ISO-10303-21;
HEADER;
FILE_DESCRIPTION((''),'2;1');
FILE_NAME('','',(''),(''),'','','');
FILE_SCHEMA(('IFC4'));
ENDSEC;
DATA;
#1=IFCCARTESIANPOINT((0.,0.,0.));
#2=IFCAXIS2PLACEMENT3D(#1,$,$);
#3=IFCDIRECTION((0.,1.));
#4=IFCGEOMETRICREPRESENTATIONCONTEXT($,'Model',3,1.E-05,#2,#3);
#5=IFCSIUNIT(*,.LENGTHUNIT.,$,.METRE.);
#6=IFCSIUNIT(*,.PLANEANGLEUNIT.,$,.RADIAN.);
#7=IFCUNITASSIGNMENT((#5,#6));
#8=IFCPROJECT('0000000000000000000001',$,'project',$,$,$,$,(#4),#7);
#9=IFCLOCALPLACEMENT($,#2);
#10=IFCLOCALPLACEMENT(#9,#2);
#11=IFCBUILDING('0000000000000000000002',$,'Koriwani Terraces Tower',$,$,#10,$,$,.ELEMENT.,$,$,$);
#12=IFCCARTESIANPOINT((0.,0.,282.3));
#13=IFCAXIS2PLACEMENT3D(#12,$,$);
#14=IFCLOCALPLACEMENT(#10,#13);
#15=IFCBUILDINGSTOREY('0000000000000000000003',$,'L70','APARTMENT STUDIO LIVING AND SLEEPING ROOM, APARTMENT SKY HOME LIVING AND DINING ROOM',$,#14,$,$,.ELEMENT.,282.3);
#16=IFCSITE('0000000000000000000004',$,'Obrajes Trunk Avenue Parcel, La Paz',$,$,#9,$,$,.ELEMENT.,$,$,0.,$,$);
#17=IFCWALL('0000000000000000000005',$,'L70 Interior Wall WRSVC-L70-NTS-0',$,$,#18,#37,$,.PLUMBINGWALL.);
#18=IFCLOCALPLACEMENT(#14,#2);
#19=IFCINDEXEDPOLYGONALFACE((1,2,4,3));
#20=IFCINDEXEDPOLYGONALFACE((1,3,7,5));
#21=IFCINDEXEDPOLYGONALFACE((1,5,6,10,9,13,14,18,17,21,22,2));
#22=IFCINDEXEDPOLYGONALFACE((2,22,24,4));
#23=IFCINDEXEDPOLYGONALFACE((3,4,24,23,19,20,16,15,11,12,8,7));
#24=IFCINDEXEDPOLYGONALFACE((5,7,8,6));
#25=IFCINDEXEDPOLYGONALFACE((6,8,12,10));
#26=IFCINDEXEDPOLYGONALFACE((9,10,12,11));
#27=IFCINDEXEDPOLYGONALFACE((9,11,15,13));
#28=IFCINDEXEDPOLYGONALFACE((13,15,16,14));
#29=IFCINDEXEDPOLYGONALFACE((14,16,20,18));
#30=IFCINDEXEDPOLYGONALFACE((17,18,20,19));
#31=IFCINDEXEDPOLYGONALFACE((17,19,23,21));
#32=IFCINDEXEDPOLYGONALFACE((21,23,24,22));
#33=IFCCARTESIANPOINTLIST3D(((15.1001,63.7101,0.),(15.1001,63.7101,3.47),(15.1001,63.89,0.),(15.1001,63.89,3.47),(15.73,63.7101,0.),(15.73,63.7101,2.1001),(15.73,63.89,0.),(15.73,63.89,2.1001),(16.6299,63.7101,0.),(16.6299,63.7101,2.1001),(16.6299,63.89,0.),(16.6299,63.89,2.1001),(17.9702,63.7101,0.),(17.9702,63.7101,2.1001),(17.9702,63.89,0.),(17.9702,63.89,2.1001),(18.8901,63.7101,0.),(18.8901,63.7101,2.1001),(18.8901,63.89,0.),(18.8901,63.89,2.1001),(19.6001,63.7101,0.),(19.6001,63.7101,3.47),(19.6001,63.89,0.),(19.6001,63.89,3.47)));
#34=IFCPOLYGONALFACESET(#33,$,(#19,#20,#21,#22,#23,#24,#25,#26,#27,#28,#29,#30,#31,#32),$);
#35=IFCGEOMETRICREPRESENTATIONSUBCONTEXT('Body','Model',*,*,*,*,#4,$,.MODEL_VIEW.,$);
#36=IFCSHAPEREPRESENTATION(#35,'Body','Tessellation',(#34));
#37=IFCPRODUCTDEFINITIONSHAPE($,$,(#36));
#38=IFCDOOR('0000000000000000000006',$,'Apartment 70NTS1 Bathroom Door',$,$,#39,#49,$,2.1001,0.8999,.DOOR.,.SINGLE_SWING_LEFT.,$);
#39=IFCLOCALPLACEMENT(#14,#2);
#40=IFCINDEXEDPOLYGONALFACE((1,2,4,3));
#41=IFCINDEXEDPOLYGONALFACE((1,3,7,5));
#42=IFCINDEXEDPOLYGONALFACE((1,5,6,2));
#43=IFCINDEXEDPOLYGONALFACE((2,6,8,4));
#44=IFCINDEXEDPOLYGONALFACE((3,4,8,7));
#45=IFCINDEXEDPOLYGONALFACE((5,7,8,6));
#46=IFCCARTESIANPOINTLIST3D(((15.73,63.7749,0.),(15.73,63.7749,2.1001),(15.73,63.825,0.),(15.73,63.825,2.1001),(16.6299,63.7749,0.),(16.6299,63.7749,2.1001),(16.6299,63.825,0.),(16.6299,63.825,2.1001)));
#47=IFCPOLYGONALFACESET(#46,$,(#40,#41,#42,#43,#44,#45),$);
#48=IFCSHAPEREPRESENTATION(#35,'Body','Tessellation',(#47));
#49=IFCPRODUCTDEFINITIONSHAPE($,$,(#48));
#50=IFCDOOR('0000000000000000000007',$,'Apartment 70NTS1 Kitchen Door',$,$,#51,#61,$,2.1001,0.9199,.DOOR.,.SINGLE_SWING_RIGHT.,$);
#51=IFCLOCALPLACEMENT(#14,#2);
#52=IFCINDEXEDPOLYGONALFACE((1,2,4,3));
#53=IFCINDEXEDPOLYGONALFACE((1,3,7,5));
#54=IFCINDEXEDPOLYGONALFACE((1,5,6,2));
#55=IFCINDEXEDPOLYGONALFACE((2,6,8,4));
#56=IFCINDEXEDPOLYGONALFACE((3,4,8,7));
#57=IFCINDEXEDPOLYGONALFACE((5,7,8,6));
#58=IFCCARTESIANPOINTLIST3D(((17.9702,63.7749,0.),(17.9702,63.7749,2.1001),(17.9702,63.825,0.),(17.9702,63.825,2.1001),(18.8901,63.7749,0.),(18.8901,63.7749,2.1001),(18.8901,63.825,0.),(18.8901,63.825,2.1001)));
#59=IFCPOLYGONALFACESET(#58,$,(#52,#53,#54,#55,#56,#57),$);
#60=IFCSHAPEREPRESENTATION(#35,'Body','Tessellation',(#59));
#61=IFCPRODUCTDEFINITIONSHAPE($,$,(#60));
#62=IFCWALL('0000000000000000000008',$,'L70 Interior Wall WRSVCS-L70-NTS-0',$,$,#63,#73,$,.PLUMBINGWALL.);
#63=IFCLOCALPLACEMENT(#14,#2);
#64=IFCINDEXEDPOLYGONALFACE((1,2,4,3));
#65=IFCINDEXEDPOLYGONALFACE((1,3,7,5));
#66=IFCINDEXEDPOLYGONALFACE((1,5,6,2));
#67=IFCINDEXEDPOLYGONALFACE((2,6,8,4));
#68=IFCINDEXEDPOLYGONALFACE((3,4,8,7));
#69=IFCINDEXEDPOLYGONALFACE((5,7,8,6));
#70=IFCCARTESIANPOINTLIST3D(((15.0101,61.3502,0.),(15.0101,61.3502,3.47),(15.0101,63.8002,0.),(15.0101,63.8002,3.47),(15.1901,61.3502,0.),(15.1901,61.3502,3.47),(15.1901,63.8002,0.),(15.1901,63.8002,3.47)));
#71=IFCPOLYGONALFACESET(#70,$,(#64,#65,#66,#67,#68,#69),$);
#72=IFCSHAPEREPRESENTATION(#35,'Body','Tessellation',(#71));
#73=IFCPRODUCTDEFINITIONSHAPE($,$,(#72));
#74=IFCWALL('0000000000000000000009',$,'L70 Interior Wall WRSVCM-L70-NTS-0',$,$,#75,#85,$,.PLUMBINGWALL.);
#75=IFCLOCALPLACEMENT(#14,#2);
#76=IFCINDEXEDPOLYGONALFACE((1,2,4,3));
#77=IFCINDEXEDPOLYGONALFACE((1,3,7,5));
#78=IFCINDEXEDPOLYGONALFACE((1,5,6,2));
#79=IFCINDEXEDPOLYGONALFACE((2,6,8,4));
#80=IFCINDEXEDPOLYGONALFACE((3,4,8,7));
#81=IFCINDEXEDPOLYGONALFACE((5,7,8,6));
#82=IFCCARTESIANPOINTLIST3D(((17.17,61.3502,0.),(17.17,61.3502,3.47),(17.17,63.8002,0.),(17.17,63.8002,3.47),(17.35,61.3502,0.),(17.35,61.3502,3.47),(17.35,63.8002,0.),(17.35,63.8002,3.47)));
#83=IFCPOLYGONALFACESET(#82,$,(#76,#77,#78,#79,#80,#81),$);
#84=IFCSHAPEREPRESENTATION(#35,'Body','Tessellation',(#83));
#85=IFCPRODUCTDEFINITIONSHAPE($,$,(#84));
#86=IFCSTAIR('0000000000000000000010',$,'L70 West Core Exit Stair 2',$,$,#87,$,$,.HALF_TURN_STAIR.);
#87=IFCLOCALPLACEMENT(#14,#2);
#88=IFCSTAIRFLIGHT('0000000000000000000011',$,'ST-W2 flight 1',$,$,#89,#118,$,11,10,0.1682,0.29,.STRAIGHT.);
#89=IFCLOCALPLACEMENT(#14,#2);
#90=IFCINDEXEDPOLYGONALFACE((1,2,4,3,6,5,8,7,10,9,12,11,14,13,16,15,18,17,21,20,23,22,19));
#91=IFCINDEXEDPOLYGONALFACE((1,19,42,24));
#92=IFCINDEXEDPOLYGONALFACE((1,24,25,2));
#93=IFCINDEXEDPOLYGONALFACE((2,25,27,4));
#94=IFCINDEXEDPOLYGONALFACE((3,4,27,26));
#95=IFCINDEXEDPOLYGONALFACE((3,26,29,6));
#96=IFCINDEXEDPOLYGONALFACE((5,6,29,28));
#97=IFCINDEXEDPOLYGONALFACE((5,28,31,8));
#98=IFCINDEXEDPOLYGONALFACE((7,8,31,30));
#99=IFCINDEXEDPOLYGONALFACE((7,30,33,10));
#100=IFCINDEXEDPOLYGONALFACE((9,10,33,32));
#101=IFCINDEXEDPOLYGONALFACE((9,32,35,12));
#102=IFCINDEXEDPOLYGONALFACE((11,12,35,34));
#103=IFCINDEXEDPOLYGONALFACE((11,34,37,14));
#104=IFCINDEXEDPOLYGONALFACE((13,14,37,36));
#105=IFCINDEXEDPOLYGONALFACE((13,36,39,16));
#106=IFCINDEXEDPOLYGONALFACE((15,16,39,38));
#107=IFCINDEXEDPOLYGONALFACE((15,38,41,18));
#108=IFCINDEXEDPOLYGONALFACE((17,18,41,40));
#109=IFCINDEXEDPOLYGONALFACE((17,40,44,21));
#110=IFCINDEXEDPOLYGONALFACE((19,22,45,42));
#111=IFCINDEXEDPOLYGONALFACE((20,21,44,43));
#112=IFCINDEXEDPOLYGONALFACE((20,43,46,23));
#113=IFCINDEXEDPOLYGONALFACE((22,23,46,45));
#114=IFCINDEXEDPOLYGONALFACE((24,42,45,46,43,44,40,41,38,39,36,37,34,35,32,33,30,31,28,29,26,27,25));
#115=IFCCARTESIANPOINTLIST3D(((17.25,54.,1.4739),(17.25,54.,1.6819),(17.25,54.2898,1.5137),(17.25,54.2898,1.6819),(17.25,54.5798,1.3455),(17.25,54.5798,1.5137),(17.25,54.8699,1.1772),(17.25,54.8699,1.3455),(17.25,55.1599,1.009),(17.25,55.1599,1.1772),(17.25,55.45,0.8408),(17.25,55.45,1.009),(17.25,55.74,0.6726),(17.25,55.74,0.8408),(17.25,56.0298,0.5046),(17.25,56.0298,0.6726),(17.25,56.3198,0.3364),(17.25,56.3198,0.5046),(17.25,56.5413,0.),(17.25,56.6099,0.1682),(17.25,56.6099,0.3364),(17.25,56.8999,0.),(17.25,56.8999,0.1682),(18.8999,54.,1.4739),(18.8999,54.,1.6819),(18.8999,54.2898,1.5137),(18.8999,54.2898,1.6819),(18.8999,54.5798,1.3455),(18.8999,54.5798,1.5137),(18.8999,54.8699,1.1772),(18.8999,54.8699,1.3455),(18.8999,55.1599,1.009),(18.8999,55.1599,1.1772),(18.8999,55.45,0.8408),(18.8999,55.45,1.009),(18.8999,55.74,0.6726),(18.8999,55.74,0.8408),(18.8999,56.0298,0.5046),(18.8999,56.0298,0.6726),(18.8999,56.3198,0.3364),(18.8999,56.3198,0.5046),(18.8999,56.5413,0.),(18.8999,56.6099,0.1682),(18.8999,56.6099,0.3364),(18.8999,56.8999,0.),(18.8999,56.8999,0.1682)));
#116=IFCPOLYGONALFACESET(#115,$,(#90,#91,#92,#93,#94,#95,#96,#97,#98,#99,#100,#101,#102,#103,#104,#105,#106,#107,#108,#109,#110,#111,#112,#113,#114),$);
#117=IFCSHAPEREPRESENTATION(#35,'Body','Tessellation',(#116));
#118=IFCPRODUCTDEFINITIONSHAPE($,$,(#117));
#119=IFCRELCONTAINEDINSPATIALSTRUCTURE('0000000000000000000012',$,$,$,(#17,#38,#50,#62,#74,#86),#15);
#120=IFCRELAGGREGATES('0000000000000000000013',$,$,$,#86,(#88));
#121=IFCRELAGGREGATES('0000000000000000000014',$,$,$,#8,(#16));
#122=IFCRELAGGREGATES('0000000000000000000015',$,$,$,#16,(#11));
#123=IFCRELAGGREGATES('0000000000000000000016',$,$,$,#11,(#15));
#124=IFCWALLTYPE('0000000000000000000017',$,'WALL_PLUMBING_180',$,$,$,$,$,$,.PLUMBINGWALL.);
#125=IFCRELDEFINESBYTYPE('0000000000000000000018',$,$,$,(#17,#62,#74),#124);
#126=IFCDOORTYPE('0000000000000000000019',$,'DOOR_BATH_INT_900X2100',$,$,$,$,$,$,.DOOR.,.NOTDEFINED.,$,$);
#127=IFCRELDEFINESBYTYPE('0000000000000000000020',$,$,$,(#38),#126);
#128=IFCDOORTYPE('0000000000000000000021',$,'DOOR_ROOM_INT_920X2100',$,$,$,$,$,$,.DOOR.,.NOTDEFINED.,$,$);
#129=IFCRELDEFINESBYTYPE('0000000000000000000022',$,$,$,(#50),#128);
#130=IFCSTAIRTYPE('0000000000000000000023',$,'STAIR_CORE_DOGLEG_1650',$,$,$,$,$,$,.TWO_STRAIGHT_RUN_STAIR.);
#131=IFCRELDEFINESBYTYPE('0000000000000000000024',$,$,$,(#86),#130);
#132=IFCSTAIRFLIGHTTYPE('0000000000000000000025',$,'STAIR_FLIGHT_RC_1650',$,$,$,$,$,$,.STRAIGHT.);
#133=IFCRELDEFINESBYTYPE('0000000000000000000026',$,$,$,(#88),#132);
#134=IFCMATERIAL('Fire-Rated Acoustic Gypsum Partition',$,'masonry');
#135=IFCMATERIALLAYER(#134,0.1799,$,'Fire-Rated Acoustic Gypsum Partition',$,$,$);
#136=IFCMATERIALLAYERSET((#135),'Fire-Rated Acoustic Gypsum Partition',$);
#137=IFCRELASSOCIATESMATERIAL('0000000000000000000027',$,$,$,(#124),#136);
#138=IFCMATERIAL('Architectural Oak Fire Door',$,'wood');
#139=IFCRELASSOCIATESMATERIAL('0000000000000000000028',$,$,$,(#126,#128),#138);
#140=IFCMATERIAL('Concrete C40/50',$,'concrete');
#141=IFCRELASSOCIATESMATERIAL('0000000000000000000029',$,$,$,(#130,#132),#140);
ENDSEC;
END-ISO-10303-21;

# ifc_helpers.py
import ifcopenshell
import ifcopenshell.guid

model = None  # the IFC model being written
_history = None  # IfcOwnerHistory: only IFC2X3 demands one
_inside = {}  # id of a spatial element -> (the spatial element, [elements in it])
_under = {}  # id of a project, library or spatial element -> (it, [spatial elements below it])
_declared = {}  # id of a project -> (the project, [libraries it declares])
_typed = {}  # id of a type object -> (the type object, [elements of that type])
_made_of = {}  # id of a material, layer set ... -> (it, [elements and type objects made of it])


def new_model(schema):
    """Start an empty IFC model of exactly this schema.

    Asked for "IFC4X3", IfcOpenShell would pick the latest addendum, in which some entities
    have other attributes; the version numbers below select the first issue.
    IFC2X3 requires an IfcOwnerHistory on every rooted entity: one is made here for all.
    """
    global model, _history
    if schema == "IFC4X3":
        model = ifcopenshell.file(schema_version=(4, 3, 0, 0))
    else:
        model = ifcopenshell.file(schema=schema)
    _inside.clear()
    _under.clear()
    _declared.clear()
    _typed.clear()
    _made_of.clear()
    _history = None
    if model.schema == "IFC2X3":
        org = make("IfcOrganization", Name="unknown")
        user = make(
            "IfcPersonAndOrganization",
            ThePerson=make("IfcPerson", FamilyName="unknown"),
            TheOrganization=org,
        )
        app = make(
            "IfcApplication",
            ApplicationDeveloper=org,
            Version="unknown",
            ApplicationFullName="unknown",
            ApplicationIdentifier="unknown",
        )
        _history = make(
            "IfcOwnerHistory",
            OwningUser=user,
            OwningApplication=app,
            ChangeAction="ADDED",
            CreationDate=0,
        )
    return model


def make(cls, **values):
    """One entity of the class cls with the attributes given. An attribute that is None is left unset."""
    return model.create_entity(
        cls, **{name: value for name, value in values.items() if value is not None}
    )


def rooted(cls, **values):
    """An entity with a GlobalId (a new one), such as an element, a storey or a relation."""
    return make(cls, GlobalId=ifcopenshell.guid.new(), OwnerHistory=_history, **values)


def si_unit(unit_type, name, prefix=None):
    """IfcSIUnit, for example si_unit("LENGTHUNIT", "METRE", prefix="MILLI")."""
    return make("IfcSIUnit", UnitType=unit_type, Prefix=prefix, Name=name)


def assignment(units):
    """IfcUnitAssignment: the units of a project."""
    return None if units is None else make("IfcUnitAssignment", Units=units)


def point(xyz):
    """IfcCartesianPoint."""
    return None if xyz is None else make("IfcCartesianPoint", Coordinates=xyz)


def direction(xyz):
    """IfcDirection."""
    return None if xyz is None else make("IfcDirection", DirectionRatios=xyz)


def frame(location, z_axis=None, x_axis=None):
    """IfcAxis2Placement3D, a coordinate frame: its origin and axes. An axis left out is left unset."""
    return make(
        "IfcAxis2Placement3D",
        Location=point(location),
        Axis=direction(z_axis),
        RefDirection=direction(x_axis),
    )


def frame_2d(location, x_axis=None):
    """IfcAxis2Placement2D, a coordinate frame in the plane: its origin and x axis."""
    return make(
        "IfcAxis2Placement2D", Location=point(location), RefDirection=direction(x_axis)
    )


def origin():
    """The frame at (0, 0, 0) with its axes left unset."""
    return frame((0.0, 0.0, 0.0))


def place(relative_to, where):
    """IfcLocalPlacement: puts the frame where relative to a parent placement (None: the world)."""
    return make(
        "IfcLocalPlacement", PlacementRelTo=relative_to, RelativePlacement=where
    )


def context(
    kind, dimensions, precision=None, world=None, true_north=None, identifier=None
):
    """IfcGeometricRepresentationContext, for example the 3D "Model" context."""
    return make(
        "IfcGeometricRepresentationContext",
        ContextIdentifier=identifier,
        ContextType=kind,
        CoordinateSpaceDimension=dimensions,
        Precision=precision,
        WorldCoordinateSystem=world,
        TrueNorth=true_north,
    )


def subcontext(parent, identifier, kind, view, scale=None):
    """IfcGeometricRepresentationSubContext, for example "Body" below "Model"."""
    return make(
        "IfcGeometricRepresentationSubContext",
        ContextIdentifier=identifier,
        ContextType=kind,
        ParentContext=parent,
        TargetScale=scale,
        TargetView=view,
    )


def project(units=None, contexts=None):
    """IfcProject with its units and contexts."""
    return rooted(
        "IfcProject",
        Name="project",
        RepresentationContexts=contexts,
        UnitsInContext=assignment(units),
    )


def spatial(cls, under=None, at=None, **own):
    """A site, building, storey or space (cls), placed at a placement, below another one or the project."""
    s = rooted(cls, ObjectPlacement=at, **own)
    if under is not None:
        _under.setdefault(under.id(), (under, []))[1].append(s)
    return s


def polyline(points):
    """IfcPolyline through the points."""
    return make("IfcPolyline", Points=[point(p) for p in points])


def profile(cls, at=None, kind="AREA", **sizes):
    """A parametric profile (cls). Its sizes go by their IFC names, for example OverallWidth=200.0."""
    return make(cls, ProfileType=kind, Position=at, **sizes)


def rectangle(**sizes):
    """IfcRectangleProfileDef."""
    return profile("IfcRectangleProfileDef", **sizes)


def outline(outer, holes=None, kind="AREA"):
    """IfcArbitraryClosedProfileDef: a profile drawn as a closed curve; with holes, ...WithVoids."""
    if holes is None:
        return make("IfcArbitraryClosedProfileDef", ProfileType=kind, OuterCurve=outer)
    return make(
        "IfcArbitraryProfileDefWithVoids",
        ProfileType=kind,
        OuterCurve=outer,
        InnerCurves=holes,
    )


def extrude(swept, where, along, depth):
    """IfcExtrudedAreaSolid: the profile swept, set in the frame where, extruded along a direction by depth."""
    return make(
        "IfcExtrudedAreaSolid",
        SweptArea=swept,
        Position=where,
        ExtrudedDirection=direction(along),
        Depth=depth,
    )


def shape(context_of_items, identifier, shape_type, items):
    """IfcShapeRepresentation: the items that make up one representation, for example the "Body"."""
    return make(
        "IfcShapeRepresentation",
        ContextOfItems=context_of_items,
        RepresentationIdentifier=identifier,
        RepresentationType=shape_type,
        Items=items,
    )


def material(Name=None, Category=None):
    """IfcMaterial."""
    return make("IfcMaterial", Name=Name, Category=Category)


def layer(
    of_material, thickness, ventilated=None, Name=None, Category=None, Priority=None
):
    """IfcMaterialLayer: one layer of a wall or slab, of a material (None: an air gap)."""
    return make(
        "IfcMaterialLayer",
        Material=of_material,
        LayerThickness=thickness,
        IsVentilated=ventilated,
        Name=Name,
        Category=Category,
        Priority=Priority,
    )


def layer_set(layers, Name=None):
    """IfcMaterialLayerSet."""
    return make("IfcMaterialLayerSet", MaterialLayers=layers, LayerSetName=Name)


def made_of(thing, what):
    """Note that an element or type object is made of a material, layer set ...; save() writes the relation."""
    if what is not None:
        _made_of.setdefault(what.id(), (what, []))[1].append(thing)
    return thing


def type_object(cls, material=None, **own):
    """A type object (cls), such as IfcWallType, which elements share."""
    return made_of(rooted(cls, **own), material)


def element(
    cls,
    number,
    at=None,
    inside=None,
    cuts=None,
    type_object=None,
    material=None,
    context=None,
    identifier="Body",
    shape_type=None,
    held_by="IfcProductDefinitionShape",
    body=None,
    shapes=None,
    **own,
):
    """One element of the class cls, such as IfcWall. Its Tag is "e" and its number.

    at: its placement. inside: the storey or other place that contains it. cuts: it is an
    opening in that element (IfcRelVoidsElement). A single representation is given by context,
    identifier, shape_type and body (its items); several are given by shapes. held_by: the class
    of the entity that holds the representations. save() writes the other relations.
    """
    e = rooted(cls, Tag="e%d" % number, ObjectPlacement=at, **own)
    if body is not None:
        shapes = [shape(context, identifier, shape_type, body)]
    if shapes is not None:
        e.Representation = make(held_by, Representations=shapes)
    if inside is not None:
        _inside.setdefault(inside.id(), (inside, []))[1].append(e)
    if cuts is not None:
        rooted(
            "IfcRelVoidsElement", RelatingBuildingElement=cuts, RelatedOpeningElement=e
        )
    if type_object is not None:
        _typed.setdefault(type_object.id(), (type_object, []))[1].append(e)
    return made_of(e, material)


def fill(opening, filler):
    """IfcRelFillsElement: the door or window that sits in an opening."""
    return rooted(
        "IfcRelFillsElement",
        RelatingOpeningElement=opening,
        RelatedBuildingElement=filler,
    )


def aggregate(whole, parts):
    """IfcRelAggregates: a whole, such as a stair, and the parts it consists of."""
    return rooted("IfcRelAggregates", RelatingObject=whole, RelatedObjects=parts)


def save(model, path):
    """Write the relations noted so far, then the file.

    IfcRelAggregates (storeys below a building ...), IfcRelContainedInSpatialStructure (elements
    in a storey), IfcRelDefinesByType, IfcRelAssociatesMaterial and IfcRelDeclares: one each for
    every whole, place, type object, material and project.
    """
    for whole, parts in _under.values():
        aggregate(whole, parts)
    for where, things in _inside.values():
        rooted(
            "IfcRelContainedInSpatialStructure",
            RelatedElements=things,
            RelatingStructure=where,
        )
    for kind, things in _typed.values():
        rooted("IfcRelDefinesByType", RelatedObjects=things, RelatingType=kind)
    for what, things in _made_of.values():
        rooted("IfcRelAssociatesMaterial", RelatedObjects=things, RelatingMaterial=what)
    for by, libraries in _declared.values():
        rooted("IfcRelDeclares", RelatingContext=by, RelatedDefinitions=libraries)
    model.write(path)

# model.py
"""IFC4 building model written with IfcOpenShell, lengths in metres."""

from ifc_helpers import new_model, si_unit, direction, frame, frame_2d, origin, place, context, subcontext, project, spatial, polyline, rectangle, outline, extrude, material, layer, layer_set, type_object, element, fill, aggregate, save


model = new_model("IFC4")

# Units and contexts
model_context = context("Model", 3, precision=1e-05, world=origin(), true_north=direction((0.0, 1.0)))
body_context = subcontext(model_context, "Body", "Model", "MODEL_VIEW")
ifc_project = project(units=[si_unit("LENGTHUNIT", "METRE"), si_unit("PLANEANGLEUNIT", "RADIAN")], contexts=[model_context])

# Site, building, storey
site_placement = place(None, origin())
site = spatial("IfcSite", under=ifc_project, at=site_placement, Name="Obrajes Trunk Avenue Parcel, La Paz", CompositionType="ELEMENT", RefElevation=0.0)
building_placement = place(site_placement, origin())
building = spatial("IfcBuilding", under=site, at=building_placement, Name="Koriwani Terraces Tower", CompositionType="ELEMENT")
storey_placement = place(building_placement, frame((0.0, 0.0, 282.3)))
storey = spatial("IfcBuildingStorey", under=building, at=storey_placement, Name="L70", Description="APARTMENT STUDIO LIVING AND SLEEPING ROOM, APARTMENT SKY HOME LIVING AND DINING ROOM", CompositionType="ELEMENT", Elevation=282.3)

# Shared definitions
ifc_material_1 = material(Name="Concrete C40/50", Category="concrete")

# Shared definitions
ifc_material_2 = material(Name="Architectural Oak Fire Door", Category="wood")

# Shared definitions
ifc_material_3 = material(Name="Fire-Rated Acoustic Gypsum Partition", Category="masonry")
ifc_layer_1 = layer(ifc_material_3, 0.1799, Name="Fire-Rated Acoustic Gypsum Partition")
ifc_layer_set_1 = layer_set([ifc_layer_1], Name="Fire-Rated Acoustic Gypsum Partition")
wall_type_1 = type_object("IfcWallType", Name="WALL_PLUMBING_180", PredefinedType="PLUMBINGWALL", material=ifc_layer_set_1)
door_type_1 = type_object("IfcDoorType", Name="DOOR_BATH_INT_900X2100", OperationType="NOTDEFINED", PredefinedType="DOOR", material=ifc_material_2)
door_type_2 = type_object("IfcDoorType", Name="DOOR_ROOM_INT_920X2100", OperationType="NOTDEFINED", PredefinedType="DOOR", material=ifc_material_2)

# Wall, openings, doors
wall_1_placement = place(storey_placement, frame((15.1001, 63.8, 0.0), z_axis=(0.0, 0.0, 1.0), x_axis=(1.0, 0.0, 0.0)))
wall_1 = element("IfcWall", 1, at=wall_1_placement, inside=storey, type_object=wall_type_1, Name="L70 Interior Wall WRSVC-L70-NTS-0", PredefinedType="PLUMBINGWALL", context=body_context, shape_type="SweptSolid", body=[
    extrude(rectangle(XDim=4.5, YDim=0.1799, at=frame_2d((2.25, 0.0))), origin(), (0.0, 0.0, 1.0), 3.47),
])
opening_1_placement = place(wall_1_placement, frame((0.6299, 0.0, 0.0)))
opening_1 = element("IfcOpeningElement", 2, at=opening_1_placement, cuts=wall_1, PredefinedType="OPENING", context=body_context, shape_type="SweptSolid", body=[
    extrude(rectangle(XDim=0.8999, YDim=2.1001, at=frame_2d((0.45, 1.05))), frame((0.0, 0.1001, 0.0), z_axis=(0.0, -1.0, 0.0), x_axis=(1.0, 0.0, 0.0)), (0.0, 0.0, 1.0), 0.2),
])
opening_2_placement = place(wall_1_placement, frame((2.8701, 0.0, 0.0)))
opening_2 = element("IfcOpeningElement", 3, at=opening_2_placement, cuts=wall_1, PredefinedType="OPENING", context=body_context, shape_type="SweptSolid", body=[
    extrude(rectangle(XDim=0.9199, YDim=2.1001, at=frame_2d((0.46, 1.05))), frame((0.0, 0.1001, 0.0), z_axis=(0.0, -1.0, 0.0), x_axis=(1.0, 0.0, 0.0)), (0.0, 0.0, 1.0), 0.2),
])
door_1_placement = place(opening_1_placement, origin())
door_1 = element("IfcDoor", 4, at=door_1_placement, inside=storey, type_object=door_type_1, Name="Apartment 70NTS1 Bathroom Door", OperationType="SINGLE_SWING_LEFT", OverallHeight=2.1001, OverallWidth=0.8999, PredefinedType="DOOR", context=body_context, shape_type="SweptSolid", body=[
    extrude(rectangle(XDim=0.8999, YDim=2.1001, at=frame_2d((0.45, 1.05))), frame((0.0, 0.0249, 0.0), z_axis=(0.0, -1.0, 0.0), x_axis=(1.0, 0.0, 0.0)), (0.0, 0.0, 1.0), 0.05),
])
fill(opening_1, door_1)
door_2_placement = place(opening_2_placement, origin())
door_2 = element("IfcDoor", 5, at=door_2_placement, inside=storey, type_object=door_type_2, Name="Apartment 70NTS1 Kitchen Door", OperationType="SINGLE_SWING_RIGHT", OverallHeight=2.1001, OverallWidth=0.9199, PredefinedType="DOOR", context=body_context, shape_type="SweptSolid", body=[
    extrude(rectangle(XDim=0.9199, YDim=2.1001, at=frame_2d((0.46, 1.05))), frame((0.0, 0.0249, 0.0), z_axis=(0.0, -1.0, 0.0), x_axis=(1.0, 0.0, 0.0)), (0.0, 0.0, 1.0), 0.05),
])
fill(opening_2, door_2)

# Walls
for number, where, z_axis, x_axis, name in (
    (6, (15.1001, 61.3501, 0.0), (0.0, 0.0, 1.0), (0.0, 1.0, 0.0), "L70 Interior Wall WRSVCS-L70-NTS-0"),
    (7, (17.26, 61.3501, 0.0), (0.0, 0.0, 1.0), (0.0, 1.0, 0.0), "L70 Interior Wall WRSVCM-L70-NTS-0"),
):
    element("IfcWall", number, at=place(storey_placement, frame(where, z_axis=z_axis, x_axis=x_axis)), inside=storey, type_object=wall_type_1, Name=name, PredefinedType="PLUMBINGWALL", context=body_context, shape_type="SweptSolid", body=[
        extrude(rectangle(XDim=2.45, YDim=0.1799, at=frame_2d((1.2251, 0.0))), origin(), (0.0, 0.0, 1.0), 3.47),
    ])

# Stair, stair flight
stair_type = type_object("IfcStairType", Name="STAIR_CORE_DOGLEG_1650", PredefinedType="TWO_STRAIGHT_RUN_STAIR", material=ifc_material_1)
stair_placement = place(storey_placement, origin())
stair = element("IfcStair", 8, at=stair_placement, inside=storey, type_object=stair_type, Name="L70 West Core Exit Stair 2", PredefinedType="HALF_TURN_STAIR")
stair_flight_type = type_object("IfcStairFlightType", Name="STAIR_FLIGHT_RC_1650", PredefinedType="STRAIGHT", material=ifc_material_1)
stair_flight_placement = place(storey_placement, frame((18.075, 56.8999, 0.0), z_axis=(0.0, 0.0, 1.0), x_axis=(0.0, -1.0, 0.0)))
stair_flight = element("IfcStairFlight", 9, at=stair_flight_placement, type_object=stair_flight_type, Name="ST-W2 flight 1", NumberOfRisers=11, NumberOfTreads=10, PredefinedType="STRAIGHT", RiserHeight=0.1682, TreadLength=0.29, context=body_context, shape_type="SweptSolid", body=[
    extrude(outline(polyline([(0.0, 0.0), (0.0, 0.1682), (0.29, 0.1682), (0.29, 0.3364), (0.5801, 0.3364), (0.5801, 0.5046), (0.8701, 0.5046), (0.8701, 0.6726), (1.1599, 0.6726), (1.1599, 0.8408), (1.45, 0.8408), (1.45, 1.009), (1.74, 1.009), (1.74, 1.1772), (2.03, 1.1772), (2.03, 1.3455), (2.3201, 1.3455), (2.3201, 1.5137), (2.6101, 1.5137), (2.6101, 1.6819), (2.8999, 1.6819), (2.8999, 1.8501), (2.8999, 1.4739), (0.3586, 0.0), (0.0, 0.0)])), frame((0.0, 0.825, 0.0), z_axis=(0.0, -1.0, 0.0), x_axis=(1.0, 0.0, 0.0)), (0.0, 0.0, 1.0), 1.6499),
])
aggregate(stair, [stair_flight])

save(model, "model.ifc")
